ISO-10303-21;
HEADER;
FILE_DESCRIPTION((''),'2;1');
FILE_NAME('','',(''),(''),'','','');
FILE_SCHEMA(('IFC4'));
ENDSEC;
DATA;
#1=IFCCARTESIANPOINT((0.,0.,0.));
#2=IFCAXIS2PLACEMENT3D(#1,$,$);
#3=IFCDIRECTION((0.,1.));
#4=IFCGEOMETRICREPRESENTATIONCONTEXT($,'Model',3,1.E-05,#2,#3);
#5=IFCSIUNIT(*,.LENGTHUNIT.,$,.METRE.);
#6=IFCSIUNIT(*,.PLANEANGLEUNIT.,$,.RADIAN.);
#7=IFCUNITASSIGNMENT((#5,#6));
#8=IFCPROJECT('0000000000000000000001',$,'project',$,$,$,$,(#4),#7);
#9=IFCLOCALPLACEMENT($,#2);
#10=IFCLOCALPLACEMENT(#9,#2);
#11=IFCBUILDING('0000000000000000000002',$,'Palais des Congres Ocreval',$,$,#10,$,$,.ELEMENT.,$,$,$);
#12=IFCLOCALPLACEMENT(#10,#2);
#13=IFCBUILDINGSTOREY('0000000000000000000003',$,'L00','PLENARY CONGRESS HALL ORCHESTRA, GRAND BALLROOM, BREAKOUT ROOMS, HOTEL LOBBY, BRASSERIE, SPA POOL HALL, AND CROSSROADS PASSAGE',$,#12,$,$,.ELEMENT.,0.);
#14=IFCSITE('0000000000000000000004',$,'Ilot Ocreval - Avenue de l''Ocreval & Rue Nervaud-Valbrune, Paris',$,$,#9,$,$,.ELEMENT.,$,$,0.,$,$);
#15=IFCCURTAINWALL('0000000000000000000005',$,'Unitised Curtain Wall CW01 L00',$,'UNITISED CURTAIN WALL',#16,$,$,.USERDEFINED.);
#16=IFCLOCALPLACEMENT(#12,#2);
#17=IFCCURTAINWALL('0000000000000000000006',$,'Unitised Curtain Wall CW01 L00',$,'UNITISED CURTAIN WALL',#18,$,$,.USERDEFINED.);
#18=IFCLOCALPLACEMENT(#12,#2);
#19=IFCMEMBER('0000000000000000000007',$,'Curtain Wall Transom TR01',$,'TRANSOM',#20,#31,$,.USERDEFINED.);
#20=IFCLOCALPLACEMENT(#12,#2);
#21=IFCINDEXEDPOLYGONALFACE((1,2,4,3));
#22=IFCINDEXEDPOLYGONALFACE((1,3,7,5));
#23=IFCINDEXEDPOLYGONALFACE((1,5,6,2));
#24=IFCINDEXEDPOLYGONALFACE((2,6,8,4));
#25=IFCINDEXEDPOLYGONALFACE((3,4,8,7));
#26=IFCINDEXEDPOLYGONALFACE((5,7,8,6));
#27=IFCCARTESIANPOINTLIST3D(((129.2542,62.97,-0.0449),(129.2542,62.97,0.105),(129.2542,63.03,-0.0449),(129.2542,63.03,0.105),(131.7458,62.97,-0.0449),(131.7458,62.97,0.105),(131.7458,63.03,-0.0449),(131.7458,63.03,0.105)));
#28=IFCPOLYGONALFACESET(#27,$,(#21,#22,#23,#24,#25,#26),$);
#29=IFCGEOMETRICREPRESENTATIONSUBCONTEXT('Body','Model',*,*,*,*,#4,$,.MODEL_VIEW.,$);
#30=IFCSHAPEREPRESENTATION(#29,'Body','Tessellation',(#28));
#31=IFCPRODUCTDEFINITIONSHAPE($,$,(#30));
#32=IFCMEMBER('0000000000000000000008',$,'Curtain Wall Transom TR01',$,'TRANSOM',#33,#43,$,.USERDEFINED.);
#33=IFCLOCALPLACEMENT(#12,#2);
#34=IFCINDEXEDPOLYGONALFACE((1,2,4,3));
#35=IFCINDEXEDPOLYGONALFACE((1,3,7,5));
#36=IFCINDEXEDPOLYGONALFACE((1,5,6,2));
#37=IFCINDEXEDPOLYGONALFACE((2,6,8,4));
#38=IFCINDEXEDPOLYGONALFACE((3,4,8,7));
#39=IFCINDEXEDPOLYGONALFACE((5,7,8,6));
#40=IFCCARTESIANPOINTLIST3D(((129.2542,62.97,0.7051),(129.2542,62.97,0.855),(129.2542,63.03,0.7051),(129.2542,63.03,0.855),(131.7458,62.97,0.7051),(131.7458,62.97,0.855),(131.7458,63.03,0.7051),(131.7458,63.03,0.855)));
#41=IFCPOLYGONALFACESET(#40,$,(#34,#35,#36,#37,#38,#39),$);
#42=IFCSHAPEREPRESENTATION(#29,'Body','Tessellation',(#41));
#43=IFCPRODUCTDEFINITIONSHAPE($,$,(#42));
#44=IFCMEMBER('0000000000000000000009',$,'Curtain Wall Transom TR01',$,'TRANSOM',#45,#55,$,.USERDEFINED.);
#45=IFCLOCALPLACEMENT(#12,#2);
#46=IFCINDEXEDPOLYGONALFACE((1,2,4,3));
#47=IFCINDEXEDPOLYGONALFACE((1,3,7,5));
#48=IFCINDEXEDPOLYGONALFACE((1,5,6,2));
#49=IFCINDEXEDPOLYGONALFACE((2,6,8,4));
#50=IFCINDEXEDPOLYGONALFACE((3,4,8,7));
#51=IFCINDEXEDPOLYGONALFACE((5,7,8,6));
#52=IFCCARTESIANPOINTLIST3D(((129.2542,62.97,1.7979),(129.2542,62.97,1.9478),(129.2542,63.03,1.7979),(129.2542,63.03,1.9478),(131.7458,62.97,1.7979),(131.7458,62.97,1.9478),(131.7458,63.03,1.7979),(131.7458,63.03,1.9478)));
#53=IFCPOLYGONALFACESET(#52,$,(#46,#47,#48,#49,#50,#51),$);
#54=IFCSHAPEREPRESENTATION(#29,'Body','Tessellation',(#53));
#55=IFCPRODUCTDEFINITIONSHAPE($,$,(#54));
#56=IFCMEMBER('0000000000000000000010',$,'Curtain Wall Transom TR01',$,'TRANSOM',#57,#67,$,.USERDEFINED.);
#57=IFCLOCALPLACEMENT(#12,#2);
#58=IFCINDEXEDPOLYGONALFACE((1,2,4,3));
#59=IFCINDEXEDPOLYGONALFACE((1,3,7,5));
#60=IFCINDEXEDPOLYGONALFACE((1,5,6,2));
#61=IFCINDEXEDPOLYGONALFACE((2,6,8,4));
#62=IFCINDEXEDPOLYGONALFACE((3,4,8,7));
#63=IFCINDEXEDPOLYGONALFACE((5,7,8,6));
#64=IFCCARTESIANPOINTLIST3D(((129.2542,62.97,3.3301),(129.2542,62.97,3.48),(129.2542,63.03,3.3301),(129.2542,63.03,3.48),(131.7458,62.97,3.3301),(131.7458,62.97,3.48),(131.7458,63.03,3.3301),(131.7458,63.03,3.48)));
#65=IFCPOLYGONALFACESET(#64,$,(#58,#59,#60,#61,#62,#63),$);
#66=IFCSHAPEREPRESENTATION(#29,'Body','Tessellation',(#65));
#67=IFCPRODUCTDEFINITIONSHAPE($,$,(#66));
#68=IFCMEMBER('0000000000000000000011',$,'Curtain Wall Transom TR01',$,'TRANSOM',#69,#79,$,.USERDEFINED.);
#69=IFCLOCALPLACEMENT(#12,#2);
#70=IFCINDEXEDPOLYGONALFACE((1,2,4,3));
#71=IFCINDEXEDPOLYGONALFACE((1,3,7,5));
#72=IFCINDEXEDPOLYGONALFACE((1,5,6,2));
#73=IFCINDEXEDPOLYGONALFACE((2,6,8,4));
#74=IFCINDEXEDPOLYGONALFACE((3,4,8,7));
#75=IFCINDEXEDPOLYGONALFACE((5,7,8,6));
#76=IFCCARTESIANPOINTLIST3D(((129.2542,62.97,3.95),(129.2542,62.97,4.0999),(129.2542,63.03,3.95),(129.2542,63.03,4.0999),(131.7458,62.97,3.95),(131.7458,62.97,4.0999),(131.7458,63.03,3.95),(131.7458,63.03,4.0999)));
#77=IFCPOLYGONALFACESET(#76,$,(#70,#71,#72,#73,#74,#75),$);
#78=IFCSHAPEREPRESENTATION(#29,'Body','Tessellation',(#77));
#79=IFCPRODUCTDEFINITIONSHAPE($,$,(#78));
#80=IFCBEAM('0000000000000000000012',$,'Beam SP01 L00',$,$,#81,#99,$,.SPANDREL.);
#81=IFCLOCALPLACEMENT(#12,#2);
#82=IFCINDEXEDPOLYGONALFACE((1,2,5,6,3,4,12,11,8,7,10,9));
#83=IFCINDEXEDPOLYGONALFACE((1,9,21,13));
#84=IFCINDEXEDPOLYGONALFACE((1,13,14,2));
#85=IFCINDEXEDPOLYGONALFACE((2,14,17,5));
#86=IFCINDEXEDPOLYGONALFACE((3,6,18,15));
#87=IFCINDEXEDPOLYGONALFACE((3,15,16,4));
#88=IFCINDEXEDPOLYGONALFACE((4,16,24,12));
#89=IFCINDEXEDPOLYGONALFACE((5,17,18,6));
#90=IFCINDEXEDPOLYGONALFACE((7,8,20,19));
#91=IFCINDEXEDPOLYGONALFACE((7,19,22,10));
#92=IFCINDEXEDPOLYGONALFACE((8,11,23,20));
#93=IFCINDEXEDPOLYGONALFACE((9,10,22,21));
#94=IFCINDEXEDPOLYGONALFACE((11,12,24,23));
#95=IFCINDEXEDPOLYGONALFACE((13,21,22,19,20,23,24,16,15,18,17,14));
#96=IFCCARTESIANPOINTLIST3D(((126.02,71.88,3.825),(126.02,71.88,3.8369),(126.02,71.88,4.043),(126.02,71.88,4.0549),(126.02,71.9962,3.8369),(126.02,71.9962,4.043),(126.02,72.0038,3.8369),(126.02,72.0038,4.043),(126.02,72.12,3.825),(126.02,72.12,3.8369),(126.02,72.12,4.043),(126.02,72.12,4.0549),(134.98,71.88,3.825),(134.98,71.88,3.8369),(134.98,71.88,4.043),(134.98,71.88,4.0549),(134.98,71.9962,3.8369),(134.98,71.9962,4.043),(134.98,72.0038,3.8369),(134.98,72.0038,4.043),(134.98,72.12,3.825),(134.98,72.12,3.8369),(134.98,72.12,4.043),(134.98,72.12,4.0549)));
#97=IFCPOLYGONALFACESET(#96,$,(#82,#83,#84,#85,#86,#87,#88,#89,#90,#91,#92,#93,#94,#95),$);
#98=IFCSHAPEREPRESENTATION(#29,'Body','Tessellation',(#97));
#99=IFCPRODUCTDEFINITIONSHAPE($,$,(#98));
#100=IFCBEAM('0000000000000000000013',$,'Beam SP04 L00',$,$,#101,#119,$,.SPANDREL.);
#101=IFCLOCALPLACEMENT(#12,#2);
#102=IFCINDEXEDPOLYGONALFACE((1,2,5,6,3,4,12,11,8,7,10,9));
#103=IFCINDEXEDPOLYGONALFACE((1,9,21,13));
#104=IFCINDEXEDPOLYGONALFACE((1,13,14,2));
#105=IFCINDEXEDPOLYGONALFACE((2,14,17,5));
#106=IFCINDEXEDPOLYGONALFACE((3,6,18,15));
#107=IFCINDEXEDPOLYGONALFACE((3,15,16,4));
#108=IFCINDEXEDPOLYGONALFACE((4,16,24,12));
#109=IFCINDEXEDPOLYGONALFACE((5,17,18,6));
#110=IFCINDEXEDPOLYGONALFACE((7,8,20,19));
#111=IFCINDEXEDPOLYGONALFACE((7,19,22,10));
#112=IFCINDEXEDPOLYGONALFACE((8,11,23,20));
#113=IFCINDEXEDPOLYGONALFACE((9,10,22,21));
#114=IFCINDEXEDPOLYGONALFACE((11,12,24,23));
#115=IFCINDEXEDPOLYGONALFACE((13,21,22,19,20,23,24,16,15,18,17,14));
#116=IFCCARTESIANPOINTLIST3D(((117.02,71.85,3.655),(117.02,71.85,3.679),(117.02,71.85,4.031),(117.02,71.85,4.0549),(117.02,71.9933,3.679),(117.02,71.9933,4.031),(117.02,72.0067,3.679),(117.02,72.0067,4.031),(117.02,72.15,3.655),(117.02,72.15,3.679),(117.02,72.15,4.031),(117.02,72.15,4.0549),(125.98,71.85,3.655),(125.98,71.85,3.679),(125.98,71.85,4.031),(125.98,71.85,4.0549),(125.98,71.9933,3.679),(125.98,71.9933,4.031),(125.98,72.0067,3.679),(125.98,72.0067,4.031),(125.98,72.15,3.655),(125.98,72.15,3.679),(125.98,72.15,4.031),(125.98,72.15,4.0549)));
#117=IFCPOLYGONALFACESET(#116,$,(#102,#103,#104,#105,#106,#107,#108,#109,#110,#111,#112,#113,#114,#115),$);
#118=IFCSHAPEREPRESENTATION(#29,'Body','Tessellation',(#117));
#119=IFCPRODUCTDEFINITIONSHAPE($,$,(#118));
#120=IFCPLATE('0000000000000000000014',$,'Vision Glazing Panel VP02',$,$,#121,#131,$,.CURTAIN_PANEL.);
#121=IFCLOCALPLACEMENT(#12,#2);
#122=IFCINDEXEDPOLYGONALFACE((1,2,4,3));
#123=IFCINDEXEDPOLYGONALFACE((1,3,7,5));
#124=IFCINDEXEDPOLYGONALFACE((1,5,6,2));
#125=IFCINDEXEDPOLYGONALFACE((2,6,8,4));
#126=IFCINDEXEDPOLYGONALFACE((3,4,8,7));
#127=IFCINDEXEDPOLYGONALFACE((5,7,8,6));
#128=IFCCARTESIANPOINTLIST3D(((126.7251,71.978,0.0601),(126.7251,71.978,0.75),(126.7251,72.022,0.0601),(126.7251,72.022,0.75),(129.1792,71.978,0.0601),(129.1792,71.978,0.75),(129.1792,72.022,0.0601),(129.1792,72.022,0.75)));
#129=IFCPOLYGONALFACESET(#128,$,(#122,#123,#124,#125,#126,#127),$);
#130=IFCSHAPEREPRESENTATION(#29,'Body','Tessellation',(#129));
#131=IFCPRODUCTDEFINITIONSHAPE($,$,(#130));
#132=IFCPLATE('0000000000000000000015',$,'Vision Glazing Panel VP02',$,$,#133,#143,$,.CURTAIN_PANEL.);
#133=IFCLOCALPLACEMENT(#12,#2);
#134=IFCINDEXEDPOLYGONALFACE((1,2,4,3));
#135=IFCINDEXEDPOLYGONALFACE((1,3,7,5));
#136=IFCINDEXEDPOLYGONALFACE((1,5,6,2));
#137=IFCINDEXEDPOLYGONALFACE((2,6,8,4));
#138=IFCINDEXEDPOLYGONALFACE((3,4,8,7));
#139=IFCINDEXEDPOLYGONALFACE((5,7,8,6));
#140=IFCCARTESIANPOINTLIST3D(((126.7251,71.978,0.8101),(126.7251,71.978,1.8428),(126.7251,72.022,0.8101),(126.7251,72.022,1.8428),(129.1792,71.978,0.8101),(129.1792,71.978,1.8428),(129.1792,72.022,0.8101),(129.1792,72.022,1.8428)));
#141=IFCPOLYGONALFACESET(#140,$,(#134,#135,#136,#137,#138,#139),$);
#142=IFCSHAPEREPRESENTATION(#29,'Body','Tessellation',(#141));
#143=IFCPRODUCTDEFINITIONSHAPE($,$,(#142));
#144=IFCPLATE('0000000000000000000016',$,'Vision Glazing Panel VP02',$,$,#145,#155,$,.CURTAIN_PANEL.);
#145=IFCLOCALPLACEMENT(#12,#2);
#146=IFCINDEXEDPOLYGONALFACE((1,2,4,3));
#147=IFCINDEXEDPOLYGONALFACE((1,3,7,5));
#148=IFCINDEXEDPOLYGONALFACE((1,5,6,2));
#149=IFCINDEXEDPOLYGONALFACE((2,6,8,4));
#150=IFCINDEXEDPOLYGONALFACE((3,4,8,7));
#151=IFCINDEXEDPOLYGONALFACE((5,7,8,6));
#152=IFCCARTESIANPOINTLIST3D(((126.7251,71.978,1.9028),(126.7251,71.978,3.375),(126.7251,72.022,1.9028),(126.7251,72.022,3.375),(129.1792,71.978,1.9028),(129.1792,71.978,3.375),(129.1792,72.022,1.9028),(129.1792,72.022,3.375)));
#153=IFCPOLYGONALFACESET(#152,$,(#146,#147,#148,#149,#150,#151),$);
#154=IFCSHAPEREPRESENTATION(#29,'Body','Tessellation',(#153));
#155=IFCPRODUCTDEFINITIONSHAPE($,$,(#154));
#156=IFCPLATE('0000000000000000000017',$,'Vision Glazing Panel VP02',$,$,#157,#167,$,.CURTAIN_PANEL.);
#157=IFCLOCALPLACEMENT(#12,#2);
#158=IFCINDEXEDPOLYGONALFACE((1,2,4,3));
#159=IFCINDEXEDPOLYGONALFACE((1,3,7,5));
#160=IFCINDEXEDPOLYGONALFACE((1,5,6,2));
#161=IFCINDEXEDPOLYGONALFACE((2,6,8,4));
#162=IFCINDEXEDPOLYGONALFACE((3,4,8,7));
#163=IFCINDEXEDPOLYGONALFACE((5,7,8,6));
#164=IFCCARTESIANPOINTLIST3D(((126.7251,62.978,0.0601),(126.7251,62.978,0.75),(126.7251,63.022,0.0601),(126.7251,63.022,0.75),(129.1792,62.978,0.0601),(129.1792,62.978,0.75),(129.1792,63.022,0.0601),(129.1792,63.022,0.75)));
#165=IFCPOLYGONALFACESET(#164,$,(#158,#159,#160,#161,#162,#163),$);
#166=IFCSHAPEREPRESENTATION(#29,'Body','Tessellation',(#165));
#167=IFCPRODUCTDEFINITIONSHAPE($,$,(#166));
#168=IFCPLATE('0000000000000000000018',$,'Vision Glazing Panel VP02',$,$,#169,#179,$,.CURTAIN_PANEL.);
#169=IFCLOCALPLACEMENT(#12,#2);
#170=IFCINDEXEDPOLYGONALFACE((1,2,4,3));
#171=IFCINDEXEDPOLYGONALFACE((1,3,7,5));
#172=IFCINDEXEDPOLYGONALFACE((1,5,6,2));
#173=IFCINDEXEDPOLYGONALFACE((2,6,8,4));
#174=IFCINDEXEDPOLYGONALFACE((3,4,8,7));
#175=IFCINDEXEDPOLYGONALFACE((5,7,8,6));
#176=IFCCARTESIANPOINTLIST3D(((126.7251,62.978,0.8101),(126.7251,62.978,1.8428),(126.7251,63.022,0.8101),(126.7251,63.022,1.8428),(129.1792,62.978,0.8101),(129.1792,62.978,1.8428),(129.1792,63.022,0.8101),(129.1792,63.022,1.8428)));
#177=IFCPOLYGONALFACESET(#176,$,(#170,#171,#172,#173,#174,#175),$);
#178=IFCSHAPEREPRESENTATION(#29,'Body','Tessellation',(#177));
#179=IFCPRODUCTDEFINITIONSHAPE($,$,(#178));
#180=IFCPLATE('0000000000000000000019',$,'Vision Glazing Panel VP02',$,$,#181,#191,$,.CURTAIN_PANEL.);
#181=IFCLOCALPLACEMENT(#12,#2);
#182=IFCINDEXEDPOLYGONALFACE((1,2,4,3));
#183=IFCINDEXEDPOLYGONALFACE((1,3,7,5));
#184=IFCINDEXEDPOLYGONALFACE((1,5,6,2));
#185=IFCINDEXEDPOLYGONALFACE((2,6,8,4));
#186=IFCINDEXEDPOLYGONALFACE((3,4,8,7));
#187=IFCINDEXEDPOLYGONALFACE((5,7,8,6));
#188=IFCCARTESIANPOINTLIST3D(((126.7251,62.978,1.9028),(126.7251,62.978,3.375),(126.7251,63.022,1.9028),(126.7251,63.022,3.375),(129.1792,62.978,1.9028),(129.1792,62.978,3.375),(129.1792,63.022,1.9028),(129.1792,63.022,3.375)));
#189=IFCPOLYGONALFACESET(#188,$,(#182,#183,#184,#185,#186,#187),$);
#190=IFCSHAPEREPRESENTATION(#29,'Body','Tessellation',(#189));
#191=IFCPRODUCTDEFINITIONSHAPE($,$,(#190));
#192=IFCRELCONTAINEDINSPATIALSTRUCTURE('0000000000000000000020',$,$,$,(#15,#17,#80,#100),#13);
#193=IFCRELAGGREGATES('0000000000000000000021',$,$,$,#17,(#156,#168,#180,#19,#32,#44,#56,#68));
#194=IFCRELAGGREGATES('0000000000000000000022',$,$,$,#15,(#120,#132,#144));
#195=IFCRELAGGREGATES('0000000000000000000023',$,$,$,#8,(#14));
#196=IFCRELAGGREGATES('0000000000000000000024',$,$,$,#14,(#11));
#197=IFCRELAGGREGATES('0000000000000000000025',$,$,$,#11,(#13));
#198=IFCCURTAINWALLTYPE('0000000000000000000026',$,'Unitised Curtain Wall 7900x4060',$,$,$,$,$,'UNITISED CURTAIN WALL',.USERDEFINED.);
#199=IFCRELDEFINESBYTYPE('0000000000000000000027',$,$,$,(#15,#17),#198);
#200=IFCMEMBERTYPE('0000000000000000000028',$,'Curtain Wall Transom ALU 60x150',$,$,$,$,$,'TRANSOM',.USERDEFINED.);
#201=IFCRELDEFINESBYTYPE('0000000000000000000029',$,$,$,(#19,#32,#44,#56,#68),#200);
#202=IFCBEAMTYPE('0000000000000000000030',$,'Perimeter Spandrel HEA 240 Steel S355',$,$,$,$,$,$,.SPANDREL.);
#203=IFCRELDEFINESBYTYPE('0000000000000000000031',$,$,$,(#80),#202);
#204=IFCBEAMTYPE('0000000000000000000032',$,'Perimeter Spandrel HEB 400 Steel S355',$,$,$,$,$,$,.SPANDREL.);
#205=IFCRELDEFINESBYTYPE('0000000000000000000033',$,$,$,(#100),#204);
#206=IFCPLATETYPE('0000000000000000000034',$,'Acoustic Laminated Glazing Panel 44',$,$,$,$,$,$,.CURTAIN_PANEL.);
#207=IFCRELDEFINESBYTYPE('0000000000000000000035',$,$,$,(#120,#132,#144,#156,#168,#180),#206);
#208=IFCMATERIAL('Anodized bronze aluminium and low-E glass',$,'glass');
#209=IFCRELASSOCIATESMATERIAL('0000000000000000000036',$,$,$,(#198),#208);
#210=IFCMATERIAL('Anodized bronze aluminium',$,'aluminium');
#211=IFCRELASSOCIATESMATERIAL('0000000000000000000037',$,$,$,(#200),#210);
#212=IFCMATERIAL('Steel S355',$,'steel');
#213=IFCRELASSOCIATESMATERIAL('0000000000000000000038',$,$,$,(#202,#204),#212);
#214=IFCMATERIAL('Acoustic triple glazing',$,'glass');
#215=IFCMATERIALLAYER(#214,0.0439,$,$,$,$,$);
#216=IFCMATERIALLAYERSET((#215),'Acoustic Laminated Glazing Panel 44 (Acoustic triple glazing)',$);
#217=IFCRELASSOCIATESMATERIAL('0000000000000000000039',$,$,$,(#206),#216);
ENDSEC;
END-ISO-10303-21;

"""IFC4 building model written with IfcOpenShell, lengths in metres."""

from ifc_helpers import new_model, si_unit, direction, frame, origin, origin_2d, place, context, subcontext, project, spatial, rectangle, i_section, extrude, material, layer, layer_set, material_profile, profile_set, type_object, element, aggregate, save


model = new_model("IFC4")

# Units and contexts
model_context = context("Model", 3, precision=1e-05, world=origin(), true_north=direction((0.0, 1.0)))
body_context = subcontext(model_context, "Body", "Model", "MODEL_VIEW")
ifc_project = project(units=[si_unit("LENGTHUNIT", "METRE"), si_unit("PLANEANGLEUNIT", "RADIAN")], contexts=[model_context])

# Site, building, storey
site_placement = place(None, origin())
site = spatial("IfcSite", under=ifc_project, at=site_placement, Name="Ilot Ocreval - Avenue de l'Ocreval & Rue Nervaud-Valbrune, Paris", CompositionType="ELEMENT", RefElevation=0.0)
building_placement = place(site_placement, origin())
building = spatial("IfcBuilding", under=site, at=building_placement, Name="Palais des Congres Ocreval", CompositionType="ELEMENT")
storey_placement = place(building_placement, origin())
storey = spatial("IfcBuildingStorey", under=building, at=storey_placement, Name="L00", Description="PLENARY CONGRESS HALL ORCHESTRA, GRAND BALLROOM, BREAKOUT ROOMS, HOTEL LOBBY, BRASSERIE, SPA POOL HALL, AND CROSSROADS PASSAGE", CompositionType="ELEMENT", Elevation=0.0)

# Curtain wall
ifc_material_1 = material(Name="Anodized bronze aluminium and low-E glass", Category="glass")
curtain_wall_type = type_object("IfcCurtainWallType", Name="Unitised Curtain Wall 7900x4060", ElementType="UNITISED CURTAIN WALL", PredefinedType="USERDEFINED", material=ifc_material_1)
curtain_wall_1_placement = place(storey_placement, origin())
curtain_wall_1 = element("IfcCurtainWall", 1, at=curtain_wall_1_placement, inside=storey, type_object=curtain_wall_type, Name="Unitised Curtain Wall CW01 L00", ObjectType="UNITISED CURTAIN WALL", PredefinedType="USERDEFINED")
ifc_material_2 = material(Name="Anodized bronze aluminium", Category="aluminium")

# Curtain wall
curtain_wall_2_placement = place(storey_placement, origin())
curtain_wall_2 = element("IfcCurtainWall", 2, at=curtain_wall_2_placement, inside=storey, type_object=curtain_wall_type, Name="Unitised Curtain Wall CW01 L00", ObjectType="UNITISED CURTAIN WALL", PredefinedType="USERDEFINED")

# Members
ifc_material_profile_1 = material_profile(ifc_material_2, rectangle(XDim=0.0601, YDim=0.1499, at=origin_2d()), Name="ALU 60x150")
ifc_profile_set_1 = profile_set([ifc_material_profile_1], Name="Anodized bronze aluminium")
member_type_1 = type_object("IfcMemberType", Name="Curtain Wall Transom ALU 60x150", ElementType="TRANSOM", PredefinedType="USERDEFINED", material=ifc_profile_set_1)
member_1_placement = place(storey_placement, frame((129.2542, 63.0, 0.03), z_axis=(1.0, 0.0, 0.0), x_axis=(0.0, 1.0, 0.0)))
member_1 = element("IfcMember", 3, at=member_1_placement, type_object=member_type_1, Name="Curtain Wall Transom TR01", ObjectType="TRANSOM", PredefinedType="USERDEFINED", context=body_context, shape_type="SweptSolid", body=[
    extrude(rectangle(XDim=0.0601, YDim=0.1499, at=origin_2d()), origin(), (0.0, 0.0, 1.0), 2.4917),
])
member_2_placement = place(storey_placement, frame((129.2542, 63.0, 0.78), z_axis=(1.0, 0.0, 0.0), x_axis=(0.0, 1.0, 0.0)))
member_2 = element("IfcMember", 4, at=member_2_placement, type_object=member_type_1, Name="Curtain Wall Transom TR01", ObjectType="TRANSOM", PredefinedType="USERDEFINED", context=body_context, shape_type="SweptSolid", body=[
    extrude(rectangle(XDim=0.0601, YDim=0.1499, at=origin_2d()), origin(), (0.0, 0.0, 1.0), 2.4917),
])
member_3_placement = place(storey_placement, frame((129.2542, 63.0, 1.8728), z_axis=(1.0, 0.0, 0.0), x_axis=(0.0, 1.0, 0.0)))
member_3 = element("IfcMember", 5, at=member_3_placement, type_object=member_type_1, Name="Curtain Wall Transom TR01", ObjectType="TRANSOM", PredefinedType="USERDEFINED", context=body_context, shape_type="SweptSolid", body=[
    extrude(rectangle(XDim=0.0601, YDim=0.1499, at=origin_2d()), origin(), (0.0, 0.0, 1.0), 2.4917),
])
member_4_placement = place(storey_placement, frame((129.2542, 63.0, 3.405), z_axis=(1.0, 0.0, 0.0), x_axis=(0.0, 1.0, 0.0)))
member_4 = element("IfcMember", 6, at=member_4_placement, type_object=member_type_1, Name="Curtain Wall Transom TR01", ObjectType="TRANSOM", PredefinedType="USERDEFINED", context=body_context, shape_type="SweptSolid", body=[
    extrude(rectangle(XDim=0.0601, YDim=0.1499, at=origin_2d()), origin(), (0.0, 0.0, 1.0), 2.4917),
])
member_5_placement = place(storey_placement, frame((129.2542, 63.0, 4.0249), z_axis=(1.0, 0.0, 0.0), x_axis=(0.0, 1.0, 0.0)))
member_5 = element("IfcMember", 7, at=member_5_placement, type_object=member_type_1, Name="Curtain Wall Transom TR01", ObjectType="TRANSOM", PredefinedType="USERDEFINED", context=body_context, shape_type="SweptSolid", body=[
    extrude(rectangle(XDim=0.0601, YDim=0.1499, at=origin_2d()), origin(), (0.0, 0.0, 1.0), 2.4917),
])

# Beams
ifc_material_3 = material(Name="Steel S355", Category="steel")
ifc_material_profile_2 = material_profile(ifc_material_3, i_section(OverallWidth=0.24, OverallDepth=0.23, WebThickness=0.0076, FlangeThickness=0.012, at=origin_2d()), Name="HEA 240")
ifc_profile_set_2 = profile_set([ifc_material_profile_2], Name="Steel S355")
beam_type_1 = type_object("IfcBeamType", Name="Perimeter Spandrel HEA 240 Steel S355", PredefinedType="SPANDREL", material=ifc_profile_set_2)
beam_1_placement = place(storey_placement, frame((126.02, 72.0, 3.9399), z_axis=(1.0, 0.0, 0.0), x_axis=(0.0, 1.0, 0.0)))
element("IfcBeam", 8, at=beam_1_placement, inside=storey, type_object=beam_type_1, Name="Beam SP01 L00", PredefinedType="SPANDREL", context=body_context, shape_type="SweptSolid", body=[
    extrude(i_section(OverallWidth=0.24, OverallDepth=0.23, WebThickness=0.0076, FlangeThickness=0.012, at=origin_2d()), origin(), (0.0, 0.0, 1.0), 8.96),
])
ifc_material_profile_3 = material_profile(ifc_material_3, i_section(OverallWidth=0.3, OverallDepth=0.3999, WebThickness=0.0134, FlangeThickness=0.0239, at=origin_2d()), Name="HEB 400")
ifc_profile_set_3 = profile_set([ifc_material_profile_3], Name="Steel S355")
beam_type_2 = type_object("IfcBeamType", Name="Perimeter Spandrel HEB 400 Steel S355", PredefinedType="SPANDREL", material=ifc_profile_set_3)
beam_2_placement = place(storey_placement, frame((117.02, 72.0, 3.855), z_axis=(1.0, 0.0, 0.0), x_axis=(0.0, 1.0, 0.0)))
element("IfcBeam", 9, at=beam_2_placement, inside=storey, type_object=beam_type_2, Name="Beam SP04 L00", PredefinedType="SPANDREL", context=body_context, shape_type="SweptSolid", body=[
    extrude(i_section(OverallWidth=0.3, OverallDepth=0.3999, WebThickness=0.0134, FlangeThickness=0.0239, at=origin_2d()), origin(), (0.0, 0.0, 1.0), 8.96),
])

# Plates
ifc_material_4 = material(Name="Acoustic triple glazing", Category="glass")
ifc_layer_1 = layer(ifc_material_4, 0.0439)
ifc_layer_set_1 = layer_set([ifc_layer_1], Name="Acoustic Laminated Glazing Panel 44 (Acoustic triple glazing)")
plate_type_1 = type_object("IfcPlateType", Name="Acoustic Laminated Glazing Panel 44", PredefinedType="CURTAIN_PANEL", material=ifc_layer_set_1)
plate_1_placement = place(storey_placement, frame((127.9521, 72.0, 0.0601), z_axis=(0.0, 0.0, 1.0), x_axis=(-1.0, 0.0, 0.0)))
plate_1 = element("IfcPlate", 10, at=plate_1_placement, type_object=plate_type_1, Name="Vision Glazing Panel VP02", PredefinedType="CURTAIN_PANEL", context=body_context, shape_type="SweptSolid", body=[
    extrude(rectangle(XDim=2.4541, YDim=0.0439, at=origin_2d()), origin(), (0.0, 0.0, 1.0), 0.6899),
])
plate_2_placement = place(storey_placement, frame((127.9521, 72.0, 0.8101), z_axis=(0.0, 0.0, 1.0), x_axis=(-1.0, 0.0, 0.0)))
plate_2 = element("IfcPlate", 11, at=plate_2_placement, type_object=plate_type_1, Name="Vision Glazing Panel VP02", PredefinedType="CURTAIN_PANEL", context=body_context, shape_type="SweptSolid", body=[
    extrude(rectangle(XDim=2.4541, YDim=0.0439, at=origin_2d()), origin(), (0.0, 0.0, 1.0), 1.0327),
])
plate_3_placement = place(storey_placement, frame((127.9521, 72.0, 1.9028), z_axis=(0.0, 0.0, 1.0), x_axis=(-1.0, 0.0, 0.0)))
plate_3 = element("IfcPlate", 12, at=plate_3_placement, type_object=plate_type_1, Name="Vision Glazing Panel VP02", PredefinedType="CURTAIN_PANEL", context=body_context, shape_type="SweptSolid", body=[
    extrude(rectangle(XDim=2.4541, YDim=0.0439, at=origin_2d()), origin(), (0.0, 0.0, 1.0), 1.4722),
])
plate_4_placement = place(storey_placement, frame((127.9521, 63.0, 0.0601), z_axis=(0.0, 0.0, 1.0), x_axis=(1.0, 0.0, 0.0)))
plate_4 = element("IfcPlate", 13, at=plate_4_placement, type_object=plate_type_1, Name="Vision Glazing Panel VP02", PredefinedType="CURTAIN_PANEL", context=body_context, shape_type="SweptSolid", body=[
    extrude(rectangle(XDim=2.4541, YDim=0.0439, at=origin_2d()), origin(), (0.0, 0.0, 1.0), 0.6899),
])
plate_5_placement = place(storey_placement, frame((127.9521, 63.0, 0.8101), z_axis=(0.0, 0.0, 1.0), x_axis=(1.0, 0.0, 0.0)))
plate_5 = element("IfcPlate", 14, at=plate_5_placement, type_object=plate_type_1, Name="Vision Glazing Panel VP02", PredefinedType="CURTAIN_PANEL", context=body_context, shape_type="SweptSolid", body=[
    extrude(rectangle(XDim=2.4541, YDim=0.0439, at=origin_2d()), origin(), (0.0, 0.0, 1.0), 1.0327),
])
plate_6_placement = place(storey_placement, frame((127.9521, 63.0, 1.9028), z_axis=(0.0, 0.0, 1.0), x_axis=(1.0, 0.0, 0.0)))
plate_6 = element("IfcPlate", 15, at=plate_6_placement, type_object=plate_type_1, Name="Vision Glazing Panel VP02", PredefinedType="CURTAIN_PANEL", context=body_context, shape_type="SweptSolid", body=[
    extrude(rectangle(XDim=2.4541, YDim=0.0439, at=origin_2d()), origin(), (0.0, 0.0, 1.0), 1.4722),
])
aggregate(curtain_wall_2, [plate_4, plate_5, plate_6, member_1, member_2, member_3, member_4, member_5])
aggregate(curtain_wall_1, [plate_1, plate_2, plate_3])

save(model, "model.ifc")
